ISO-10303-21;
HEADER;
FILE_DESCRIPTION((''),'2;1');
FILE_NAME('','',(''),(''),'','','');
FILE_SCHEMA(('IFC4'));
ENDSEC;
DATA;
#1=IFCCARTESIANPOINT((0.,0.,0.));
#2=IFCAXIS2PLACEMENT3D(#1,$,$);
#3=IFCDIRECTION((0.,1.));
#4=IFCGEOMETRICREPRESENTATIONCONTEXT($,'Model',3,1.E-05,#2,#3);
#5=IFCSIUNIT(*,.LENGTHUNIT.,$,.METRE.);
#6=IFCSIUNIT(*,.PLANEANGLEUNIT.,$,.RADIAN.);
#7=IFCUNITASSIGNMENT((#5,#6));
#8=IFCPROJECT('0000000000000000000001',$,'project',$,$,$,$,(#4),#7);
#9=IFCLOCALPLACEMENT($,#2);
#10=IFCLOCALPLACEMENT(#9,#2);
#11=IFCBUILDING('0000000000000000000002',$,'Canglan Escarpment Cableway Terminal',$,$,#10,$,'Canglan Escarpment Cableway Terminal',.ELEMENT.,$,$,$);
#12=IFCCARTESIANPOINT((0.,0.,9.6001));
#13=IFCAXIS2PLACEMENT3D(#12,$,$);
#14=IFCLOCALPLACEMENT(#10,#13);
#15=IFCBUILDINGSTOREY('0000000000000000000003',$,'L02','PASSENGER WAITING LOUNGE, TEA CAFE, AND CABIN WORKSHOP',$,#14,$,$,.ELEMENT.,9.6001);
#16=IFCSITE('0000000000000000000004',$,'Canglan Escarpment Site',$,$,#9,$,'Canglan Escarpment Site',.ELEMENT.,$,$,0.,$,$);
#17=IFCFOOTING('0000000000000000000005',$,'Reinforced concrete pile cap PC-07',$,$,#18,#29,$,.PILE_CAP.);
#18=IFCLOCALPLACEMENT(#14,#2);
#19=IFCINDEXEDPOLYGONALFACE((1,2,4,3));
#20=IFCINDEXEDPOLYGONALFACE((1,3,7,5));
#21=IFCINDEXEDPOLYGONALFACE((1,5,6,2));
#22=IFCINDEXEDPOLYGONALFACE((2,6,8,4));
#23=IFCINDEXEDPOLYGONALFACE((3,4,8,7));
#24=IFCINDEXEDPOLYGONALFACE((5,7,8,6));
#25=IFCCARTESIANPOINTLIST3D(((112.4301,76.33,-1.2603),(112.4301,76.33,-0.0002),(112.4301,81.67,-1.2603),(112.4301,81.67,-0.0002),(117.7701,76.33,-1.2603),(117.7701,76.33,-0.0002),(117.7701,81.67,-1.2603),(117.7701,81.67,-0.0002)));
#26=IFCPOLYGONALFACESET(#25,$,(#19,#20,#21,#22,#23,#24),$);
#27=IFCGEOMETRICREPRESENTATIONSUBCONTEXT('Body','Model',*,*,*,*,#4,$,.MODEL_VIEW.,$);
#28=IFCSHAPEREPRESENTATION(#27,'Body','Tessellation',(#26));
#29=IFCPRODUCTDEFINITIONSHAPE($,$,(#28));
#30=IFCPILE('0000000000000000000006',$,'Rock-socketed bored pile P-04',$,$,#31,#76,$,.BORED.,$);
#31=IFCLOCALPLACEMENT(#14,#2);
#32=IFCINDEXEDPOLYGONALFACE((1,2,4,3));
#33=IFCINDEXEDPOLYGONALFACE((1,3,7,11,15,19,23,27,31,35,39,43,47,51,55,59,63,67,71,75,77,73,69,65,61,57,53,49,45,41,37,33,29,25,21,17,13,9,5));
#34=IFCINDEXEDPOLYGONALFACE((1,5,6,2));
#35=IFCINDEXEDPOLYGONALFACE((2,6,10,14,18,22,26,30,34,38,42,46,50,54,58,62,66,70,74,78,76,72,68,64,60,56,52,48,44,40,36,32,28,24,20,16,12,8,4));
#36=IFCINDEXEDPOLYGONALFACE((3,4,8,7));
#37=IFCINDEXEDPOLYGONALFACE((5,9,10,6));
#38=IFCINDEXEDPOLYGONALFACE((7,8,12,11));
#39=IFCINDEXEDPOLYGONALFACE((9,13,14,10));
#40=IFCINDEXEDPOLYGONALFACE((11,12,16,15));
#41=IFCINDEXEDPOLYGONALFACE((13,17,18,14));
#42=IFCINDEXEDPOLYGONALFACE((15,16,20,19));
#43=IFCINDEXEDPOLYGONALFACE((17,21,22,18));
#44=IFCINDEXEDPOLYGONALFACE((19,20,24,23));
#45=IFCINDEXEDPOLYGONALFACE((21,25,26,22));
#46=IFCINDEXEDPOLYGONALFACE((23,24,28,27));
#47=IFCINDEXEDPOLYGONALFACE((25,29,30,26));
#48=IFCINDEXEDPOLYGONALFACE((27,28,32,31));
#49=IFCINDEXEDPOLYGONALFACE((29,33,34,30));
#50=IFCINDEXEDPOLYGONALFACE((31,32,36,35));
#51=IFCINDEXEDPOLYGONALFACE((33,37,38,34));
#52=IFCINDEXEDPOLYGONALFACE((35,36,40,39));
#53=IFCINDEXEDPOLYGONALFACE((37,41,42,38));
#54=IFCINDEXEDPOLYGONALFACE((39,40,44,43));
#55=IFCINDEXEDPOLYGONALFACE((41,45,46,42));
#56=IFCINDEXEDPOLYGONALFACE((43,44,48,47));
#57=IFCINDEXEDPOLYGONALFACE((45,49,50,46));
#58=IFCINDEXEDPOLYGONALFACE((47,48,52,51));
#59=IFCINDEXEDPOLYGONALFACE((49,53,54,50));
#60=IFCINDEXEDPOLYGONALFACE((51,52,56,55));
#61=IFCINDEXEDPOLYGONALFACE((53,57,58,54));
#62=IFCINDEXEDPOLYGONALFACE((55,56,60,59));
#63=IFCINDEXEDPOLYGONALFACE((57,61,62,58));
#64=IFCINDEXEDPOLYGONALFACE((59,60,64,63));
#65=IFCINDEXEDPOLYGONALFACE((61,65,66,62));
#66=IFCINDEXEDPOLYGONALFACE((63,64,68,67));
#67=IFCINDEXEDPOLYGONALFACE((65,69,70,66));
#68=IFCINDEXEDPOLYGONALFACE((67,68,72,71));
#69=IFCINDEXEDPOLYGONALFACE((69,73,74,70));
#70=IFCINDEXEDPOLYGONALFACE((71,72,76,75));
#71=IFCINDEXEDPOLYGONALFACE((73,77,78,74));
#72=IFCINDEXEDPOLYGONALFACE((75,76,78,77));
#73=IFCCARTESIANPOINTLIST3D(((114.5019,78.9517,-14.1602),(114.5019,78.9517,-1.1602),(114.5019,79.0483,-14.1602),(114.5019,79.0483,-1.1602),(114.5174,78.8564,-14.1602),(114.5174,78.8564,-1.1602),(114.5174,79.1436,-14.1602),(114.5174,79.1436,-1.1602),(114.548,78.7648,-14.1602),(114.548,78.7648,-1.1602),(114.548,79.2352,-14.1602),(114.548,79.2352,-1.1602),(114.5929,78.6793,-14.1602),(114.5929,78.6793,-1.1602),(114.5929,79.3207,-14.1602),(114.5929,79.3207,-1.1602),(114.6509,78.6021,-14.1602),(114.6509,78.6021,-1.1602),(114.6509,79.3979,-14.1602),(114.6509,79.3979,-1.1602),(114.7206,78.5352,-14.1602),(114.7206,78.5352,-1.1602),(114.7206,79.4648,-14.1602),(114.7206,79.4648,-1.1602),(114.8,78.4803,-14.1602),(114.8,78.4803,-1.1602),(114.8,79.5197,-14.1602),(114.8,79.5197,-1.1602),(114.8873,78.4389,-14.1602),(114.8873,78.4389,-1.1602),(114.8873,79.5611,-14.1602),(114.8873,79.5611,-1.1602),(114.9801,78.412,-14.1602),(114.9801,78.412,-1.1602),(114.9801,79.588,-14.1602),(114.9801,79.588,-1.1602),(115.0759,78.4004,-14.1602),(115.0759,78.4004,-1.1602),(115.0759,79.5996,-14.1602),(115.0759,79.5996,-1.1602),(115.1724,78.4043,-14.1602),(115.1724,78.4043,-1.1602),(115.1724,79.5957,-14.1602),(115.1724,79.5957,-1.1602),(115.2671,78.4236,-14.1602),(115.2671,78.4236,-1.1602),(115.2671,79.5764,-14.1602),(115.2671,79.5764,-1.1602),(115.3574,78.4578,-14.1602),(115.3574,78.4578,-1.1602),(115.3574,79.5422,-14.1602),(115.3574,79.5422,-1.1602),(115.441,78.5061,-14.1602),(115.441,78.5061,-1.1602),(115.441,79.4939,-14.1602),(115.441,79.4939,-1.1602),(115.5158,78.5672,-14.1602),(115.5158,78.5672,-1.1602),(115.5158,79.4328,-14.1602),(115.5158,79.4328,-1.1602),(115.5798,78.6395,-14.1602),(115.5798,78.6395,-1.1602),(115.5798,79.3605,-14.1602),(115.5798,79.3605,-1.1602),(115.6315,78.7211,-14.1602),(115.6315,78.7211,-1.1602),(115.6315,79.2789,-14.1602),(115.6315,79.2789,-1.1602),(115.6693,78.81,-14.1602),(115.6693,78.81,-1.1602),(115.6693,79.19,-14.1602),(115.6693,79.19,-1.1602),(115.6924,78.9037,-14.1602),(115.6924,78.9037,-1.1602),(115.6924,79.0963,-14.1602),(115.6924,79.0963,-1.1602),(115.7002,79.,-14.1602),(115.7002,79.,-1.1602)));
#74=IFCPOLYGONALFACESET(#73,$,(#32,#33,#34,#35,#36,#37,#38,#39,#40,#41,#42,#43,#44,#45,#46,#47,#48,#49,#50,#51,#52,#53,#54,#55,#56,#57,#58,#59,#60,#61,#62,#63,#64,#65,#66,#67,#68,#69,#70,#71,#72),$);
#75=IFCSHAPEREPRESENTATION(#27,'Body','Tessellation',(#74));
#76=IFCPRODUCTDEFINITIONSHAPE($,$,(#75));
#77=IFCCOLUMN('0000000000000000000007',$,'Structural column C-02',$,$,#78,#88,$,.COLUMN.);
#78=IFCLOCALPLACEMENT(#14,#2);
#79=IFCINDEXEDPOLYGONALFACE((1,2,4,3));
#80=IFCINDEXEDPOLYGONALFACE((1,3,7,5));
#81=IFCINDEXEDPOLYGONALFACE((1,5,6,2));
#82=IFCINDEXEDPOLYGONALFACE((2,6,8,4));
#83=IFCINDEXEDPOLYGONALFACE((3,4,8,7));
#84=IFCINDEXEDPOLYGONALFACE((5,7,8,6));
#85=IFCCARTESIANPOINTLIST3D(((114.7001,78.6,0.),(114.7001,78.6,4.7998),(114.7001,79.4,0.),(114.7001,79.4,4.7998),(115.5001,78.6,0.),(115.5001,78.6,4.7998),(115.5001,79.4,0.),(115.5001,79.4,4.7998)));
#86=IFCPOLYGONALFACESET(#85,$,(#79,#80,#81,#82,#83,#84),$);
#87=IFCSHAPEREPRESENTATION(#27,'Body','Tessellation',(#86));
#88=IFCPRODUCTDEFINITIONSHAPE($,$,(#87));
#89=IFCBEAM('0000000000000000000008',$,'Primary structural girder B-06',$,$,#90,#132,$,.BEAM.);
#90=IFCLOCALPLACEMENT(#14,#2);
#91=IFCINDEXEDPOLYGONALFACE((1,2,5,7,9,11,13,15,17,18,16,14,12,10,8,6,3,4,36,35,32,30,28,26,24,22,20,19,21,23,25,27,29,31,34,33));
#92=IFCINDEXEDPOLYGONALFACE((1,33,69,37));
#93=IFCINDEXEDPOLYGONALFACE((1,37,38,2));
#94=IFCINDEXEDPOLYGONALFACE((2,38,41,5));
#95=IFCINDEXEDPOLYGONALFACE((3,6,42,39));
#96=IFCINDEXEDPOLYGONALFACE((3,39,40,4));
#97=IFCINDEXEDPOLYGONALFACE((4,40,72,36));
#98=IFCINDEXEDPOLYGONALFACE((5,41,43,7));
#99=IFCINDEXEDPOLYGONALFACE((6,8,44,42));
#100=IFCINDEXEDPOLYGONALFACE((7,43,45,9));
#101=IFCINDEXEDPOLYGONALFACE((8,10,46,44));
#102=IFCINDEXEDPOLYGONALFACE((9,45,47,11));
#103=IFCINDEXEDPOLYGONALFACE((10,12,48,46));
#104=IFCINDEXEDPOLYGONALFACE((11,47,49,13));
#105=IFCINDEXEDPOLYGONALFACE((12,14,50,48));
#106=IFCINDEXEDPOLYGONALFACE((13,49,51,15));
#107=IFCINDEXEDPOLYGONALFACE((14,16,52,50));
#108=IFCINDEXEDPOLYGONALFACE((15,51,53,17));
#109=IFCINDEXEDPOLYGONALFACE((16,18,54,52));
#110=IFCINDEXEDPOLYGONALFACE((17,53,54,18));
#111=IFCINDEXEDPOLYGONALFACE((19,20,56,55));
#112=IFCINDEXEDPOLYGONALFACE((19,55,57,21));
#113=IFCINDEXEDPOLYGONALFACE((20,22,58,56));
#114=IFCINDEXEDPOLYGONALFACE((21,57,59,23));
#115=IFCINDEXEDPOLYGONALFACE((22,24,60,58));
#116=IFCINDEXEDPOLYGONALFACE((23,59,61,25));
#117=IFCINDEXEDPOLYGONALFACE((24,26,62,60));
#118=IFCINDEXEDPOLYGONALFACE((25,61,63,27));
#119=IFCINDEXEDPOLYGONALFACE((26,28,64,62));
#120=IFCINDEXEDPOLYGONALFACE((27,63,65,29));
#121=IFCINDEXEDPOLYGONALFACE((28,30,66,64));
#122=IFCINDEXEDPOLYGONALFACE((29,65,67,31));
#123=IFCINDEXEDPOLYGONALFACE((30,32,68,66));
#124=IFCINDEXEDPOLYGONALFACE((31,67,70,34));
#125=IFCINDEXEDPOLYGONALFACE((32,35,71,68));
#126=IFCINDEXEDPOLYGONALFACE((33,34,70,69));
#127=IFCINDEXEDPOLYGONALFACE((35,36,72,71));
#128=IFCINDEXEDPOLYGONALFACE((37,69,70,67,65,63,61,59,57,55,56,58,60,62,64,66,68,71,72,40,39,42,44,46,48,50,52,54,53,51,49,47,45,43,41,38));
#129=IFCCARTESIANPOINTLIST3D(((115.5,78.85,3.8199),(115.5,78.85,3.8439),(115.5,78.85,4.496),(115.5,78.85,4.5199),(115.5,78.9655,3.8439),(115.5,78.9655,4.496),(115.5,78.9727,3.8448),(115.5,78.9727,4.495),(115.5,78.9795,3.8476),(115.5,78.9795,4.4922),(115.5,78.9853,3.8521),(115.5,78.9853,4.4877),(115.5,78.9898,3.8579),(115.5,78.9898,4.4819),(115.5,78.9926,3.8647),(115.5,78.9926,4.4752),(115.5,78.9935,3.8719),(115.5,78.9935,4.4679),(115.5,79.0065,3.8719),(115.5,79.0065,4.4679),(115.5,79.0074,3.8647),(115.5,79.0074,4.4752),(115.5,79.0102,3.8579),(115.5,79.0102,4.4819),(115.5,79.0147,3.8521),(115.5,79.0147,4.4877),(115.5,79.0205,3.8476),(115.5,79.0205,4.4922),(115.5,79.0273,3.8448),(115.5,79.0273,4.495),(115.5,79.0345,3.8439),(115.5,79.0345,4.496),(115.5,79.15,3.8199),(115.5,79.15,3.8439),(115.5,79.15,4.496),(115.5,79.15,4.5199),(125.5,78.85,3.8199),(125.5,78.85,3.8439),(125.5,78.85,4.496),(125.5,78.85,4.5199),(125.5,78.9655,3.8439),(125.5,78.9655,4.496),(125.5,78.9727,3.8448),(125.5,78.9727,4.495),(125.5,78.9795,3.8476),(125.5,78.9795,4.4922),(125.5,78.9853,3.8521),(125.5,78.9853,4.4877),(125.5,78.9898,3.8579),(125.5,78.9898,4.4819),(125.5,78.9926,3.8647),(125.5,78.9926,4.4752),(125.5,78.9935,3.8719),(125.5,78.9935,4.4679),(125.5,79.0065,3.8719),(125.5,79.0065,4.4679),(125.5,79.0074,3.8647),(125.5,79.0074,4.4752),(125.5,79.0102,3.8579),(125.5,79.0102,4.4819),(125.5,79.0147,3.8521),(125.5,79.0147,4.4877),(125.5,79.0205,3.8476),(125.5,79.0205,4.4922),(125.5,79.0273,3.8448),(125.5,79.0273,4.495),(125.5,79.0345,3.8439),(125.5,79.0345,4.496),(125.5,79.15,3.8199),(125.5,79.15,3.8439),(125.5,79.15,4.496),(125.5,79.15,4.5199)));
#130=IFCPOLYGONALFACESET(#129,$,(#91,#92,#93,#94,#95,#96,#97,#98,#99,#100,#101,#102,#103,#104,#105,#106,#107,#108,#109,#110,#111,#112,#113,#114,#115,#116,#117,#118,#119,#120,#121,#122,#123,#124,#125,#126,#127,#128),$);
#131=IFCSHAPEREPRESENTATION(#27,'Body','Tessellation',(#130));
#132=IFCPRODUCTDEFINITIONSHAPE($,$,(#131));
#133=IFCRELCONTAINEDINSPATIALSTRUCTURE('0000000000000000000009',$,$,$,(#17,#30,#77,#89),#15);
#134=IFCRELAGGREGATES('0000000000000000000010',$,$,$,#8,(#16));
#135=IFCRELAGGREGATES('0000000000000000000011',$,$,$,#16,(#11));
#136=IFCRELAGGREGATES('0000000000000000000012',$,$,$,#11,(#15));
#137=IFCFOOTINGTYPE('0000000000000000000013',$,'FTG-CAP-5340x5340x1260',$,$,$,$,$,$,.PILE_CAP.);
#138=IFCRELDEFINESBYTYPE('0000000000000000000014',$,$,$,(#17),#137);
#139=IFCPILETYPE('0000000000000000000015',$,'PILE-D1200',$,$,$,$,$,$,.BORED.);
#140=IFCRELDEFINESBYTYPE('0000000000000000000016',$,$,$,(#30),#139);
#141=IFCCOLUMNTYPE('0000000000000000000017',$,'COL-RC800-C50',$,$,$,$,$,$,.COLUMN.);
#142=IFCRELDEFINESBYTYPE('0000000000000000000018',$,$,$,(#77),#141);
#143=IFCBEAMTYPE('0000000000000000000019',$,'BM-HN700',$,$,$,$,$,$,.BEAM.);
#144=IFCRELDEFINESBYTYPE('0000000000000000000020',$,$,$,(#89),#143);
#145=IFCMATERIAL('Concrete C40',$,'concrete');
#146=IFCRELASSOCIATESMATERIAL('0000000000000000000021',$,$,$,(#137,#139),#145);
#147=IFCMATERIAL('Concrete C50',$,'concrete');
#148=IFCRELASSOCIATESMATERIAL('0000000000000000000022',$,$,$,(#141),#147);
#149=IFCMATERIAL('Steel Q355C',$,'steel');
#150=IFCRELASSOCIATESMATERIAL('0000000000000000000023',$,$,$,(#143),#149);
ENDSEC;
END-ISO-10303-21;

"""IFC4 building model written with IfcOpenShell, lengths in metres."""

from ifc_helpers import new_model, si_unit, direction, frame, origin, origin_2d, place, context, subcontext, project, spatial, rectangle, circle, i_section, extrude, material, material_profile, profile_set, type_object, element, save


model = new_model("IFC4")

# Units and contexts
model_context = context("Model", 3, precision=1e-05, world=origin(), true_north=direction((0.0, 1.0)))
body_context = subcontext(model_context, "Body", "Model", "MODEL_VIEW")
ifc_project = project(units=[si_unit("LENGTHUNIT", "METRE"), si_unit("PLANEANGLEUNIT", "RADIAN")], contexts=[model_context])

# Site, building, storey
site_placement = place(None, origin())
site = spatial("IfcSite", under=ifc_project, at=site_placement, Name="Canglan Escarpment Site", LongName="Canglan Escarpment Site", CompositionType="ELEMENT", RefElevation=0.0)
building_placement = place(site_placement, origin())
building = spatial("IfcBuilding", under=site, at=building_placement, Name="Canglan Escarpment Cableway Terminal", LongName="Canglan Escarpment Cableway Terminal", CompositionType="ELEMENT")
storey_placement = place(building_placement, frame((0.0, 0.0, 9.6001)))
storey = spatial("IfcBuildingStorey", under=building, at=storey_placement, Name="L02", Description="PASSENGER WAITING LOUNGE, TEA CAFE, AND CABIN WORKSHOP", CompositionType="ELEMENT", Elevation=9.6001)

# Footing
ifc_material_1 = material(Name="Concrete C40", Category="concrete")
footing_type = type_object("IfcFootingType", Name="FTG-CAP-5340x5340x1260", PredefinedType="PILE_CAP", material=ifc_material_1)
footing_placement = place(storey_placement, frame((115.1001, 79.0, -1.2603), z_axis=(0.0, 0.0, 1.0), x_axis=(1.0, 0.0, 0.0)))
element("IfcFooting", 1, at=footing_placement, inside=storey, type_object=footing_type, Name="Reinforced concrete pile cap PC-07", PredefinedType="PILE_CAP", context=body_context, shape_type="SweptSolid", body=[
    extrude(rectangle(XDim=5.3401, YDim=5.3401, at=origin_2d()), origin(), (0.0, 0.0, 1.0), 1.26),
])

# Pile
ifc_material_profile_1 = material_profile(ifc_material_1, circle(Radius=0.6001, at=origin_2d()), Name="BORED PILE D1200")
ifc_profile_set_1 = profile_set([ifc_material_profile_1], Name="Concrete C40")
pile_type = type_object("IfcPileType", Name="PILE-D1200", PredefinedType="BORED", material=ifc_profile_set_1)
pile_placement = place(storey_placement, frame((115.1001, 79.0, -1.1602), z_axis=(0.0, 0.0, -1.0), x_axis=(1.0, 0.0, 0.0)))
element("IfcPile", 2, at=pile_placement, inside=storey, type_object=pile_type, Name="Rock-socketed bored pile P-04", PredefinedType="BORED", context=body_context, shape_type="SweptSolid", body=[
    extrude(circle(Radius=0.6001, at=origin_2d()), origin(), (0.0, 0.0, 1.0), 13.0),
])

# Column
ifc_material_2 = material(Name="Concrete C50", Category="concrete")
ifc_material_profile_2 = material_profile(ifc_material_2, rectangle(XDim=0.8, YDim=0.8, at=origin_2d()), Name="RC 800x800")
ifc_profile_set_2 = profile_set([ifc_material_profile_2], Name="Concrete C50")
column_type = type_object("IfcColumnType", Name="COL-RC800-C50", PredefinedType="COLUMN", material=ifc_profile_set_2)
column_placement = place(storey_placement, frame((115.1001, 79.0, 0.0), z_axis=(0.0, 0.0, 1.0), x_axis=(1.0, 0.0, 0.0)))
element("IfcColumn", 3, at=column_placement, inside=storey, type_object=column_type, Name="Structural column C-02", PredefinedType="COLUMN", context=body_context, shape_type="SweptSolid", body=[
    extrude(rectangle(XDim=0.8, YDim=0.8, at=origin_2d()), origin(), (0.0, 0.0, 1.0), 4.7998),
])

# Beam
ifc_material_3 = material(Name="Steel Q355C", Category="steel")
ifc_material_profile_3 = material_profile(ifc_material_3, i_section(OverallWidth=0.3, OverallDepth=0.7, WebThickness=0.0129, FlangeThickness=0.0239, FilletRadius=0.0281, at=origin_2d()), Name="HN 700x300x13x24")
ifc_profile_set_3 = profile_set([ifc_material_profile_3], Name="Steel Q355C")
beam_type = type_object("IfcBeamType", Name="BM-HN700", PredefinedType="BEAM", material=ifc_profile_set_3)
beam_placement = place(storey_placement, frame((115.5, 79.0, 4.1699), z_axis=(1.0, 0.0, 0.0), x_axis=(0.0, 1.0, 0.0)))
element("IfcBeam", 4, at=beam_placement, inside=storey, type_object=beam_type, Name="Primary structural girder B-06", PredefinedType="BEAM", context=body_context, shape_type="SweptSolid", body=[
    extrude(i_section(OverallWidth=0.3, OverallDepth=0.7, WebThickness=0.0129, FlangeThickness=0.0239, FilletRadius=0.0281, at=origin_2d()), origin(), (0.0, 0.0, 1.0), 10.0),
])

save(model, "model.ifc")
